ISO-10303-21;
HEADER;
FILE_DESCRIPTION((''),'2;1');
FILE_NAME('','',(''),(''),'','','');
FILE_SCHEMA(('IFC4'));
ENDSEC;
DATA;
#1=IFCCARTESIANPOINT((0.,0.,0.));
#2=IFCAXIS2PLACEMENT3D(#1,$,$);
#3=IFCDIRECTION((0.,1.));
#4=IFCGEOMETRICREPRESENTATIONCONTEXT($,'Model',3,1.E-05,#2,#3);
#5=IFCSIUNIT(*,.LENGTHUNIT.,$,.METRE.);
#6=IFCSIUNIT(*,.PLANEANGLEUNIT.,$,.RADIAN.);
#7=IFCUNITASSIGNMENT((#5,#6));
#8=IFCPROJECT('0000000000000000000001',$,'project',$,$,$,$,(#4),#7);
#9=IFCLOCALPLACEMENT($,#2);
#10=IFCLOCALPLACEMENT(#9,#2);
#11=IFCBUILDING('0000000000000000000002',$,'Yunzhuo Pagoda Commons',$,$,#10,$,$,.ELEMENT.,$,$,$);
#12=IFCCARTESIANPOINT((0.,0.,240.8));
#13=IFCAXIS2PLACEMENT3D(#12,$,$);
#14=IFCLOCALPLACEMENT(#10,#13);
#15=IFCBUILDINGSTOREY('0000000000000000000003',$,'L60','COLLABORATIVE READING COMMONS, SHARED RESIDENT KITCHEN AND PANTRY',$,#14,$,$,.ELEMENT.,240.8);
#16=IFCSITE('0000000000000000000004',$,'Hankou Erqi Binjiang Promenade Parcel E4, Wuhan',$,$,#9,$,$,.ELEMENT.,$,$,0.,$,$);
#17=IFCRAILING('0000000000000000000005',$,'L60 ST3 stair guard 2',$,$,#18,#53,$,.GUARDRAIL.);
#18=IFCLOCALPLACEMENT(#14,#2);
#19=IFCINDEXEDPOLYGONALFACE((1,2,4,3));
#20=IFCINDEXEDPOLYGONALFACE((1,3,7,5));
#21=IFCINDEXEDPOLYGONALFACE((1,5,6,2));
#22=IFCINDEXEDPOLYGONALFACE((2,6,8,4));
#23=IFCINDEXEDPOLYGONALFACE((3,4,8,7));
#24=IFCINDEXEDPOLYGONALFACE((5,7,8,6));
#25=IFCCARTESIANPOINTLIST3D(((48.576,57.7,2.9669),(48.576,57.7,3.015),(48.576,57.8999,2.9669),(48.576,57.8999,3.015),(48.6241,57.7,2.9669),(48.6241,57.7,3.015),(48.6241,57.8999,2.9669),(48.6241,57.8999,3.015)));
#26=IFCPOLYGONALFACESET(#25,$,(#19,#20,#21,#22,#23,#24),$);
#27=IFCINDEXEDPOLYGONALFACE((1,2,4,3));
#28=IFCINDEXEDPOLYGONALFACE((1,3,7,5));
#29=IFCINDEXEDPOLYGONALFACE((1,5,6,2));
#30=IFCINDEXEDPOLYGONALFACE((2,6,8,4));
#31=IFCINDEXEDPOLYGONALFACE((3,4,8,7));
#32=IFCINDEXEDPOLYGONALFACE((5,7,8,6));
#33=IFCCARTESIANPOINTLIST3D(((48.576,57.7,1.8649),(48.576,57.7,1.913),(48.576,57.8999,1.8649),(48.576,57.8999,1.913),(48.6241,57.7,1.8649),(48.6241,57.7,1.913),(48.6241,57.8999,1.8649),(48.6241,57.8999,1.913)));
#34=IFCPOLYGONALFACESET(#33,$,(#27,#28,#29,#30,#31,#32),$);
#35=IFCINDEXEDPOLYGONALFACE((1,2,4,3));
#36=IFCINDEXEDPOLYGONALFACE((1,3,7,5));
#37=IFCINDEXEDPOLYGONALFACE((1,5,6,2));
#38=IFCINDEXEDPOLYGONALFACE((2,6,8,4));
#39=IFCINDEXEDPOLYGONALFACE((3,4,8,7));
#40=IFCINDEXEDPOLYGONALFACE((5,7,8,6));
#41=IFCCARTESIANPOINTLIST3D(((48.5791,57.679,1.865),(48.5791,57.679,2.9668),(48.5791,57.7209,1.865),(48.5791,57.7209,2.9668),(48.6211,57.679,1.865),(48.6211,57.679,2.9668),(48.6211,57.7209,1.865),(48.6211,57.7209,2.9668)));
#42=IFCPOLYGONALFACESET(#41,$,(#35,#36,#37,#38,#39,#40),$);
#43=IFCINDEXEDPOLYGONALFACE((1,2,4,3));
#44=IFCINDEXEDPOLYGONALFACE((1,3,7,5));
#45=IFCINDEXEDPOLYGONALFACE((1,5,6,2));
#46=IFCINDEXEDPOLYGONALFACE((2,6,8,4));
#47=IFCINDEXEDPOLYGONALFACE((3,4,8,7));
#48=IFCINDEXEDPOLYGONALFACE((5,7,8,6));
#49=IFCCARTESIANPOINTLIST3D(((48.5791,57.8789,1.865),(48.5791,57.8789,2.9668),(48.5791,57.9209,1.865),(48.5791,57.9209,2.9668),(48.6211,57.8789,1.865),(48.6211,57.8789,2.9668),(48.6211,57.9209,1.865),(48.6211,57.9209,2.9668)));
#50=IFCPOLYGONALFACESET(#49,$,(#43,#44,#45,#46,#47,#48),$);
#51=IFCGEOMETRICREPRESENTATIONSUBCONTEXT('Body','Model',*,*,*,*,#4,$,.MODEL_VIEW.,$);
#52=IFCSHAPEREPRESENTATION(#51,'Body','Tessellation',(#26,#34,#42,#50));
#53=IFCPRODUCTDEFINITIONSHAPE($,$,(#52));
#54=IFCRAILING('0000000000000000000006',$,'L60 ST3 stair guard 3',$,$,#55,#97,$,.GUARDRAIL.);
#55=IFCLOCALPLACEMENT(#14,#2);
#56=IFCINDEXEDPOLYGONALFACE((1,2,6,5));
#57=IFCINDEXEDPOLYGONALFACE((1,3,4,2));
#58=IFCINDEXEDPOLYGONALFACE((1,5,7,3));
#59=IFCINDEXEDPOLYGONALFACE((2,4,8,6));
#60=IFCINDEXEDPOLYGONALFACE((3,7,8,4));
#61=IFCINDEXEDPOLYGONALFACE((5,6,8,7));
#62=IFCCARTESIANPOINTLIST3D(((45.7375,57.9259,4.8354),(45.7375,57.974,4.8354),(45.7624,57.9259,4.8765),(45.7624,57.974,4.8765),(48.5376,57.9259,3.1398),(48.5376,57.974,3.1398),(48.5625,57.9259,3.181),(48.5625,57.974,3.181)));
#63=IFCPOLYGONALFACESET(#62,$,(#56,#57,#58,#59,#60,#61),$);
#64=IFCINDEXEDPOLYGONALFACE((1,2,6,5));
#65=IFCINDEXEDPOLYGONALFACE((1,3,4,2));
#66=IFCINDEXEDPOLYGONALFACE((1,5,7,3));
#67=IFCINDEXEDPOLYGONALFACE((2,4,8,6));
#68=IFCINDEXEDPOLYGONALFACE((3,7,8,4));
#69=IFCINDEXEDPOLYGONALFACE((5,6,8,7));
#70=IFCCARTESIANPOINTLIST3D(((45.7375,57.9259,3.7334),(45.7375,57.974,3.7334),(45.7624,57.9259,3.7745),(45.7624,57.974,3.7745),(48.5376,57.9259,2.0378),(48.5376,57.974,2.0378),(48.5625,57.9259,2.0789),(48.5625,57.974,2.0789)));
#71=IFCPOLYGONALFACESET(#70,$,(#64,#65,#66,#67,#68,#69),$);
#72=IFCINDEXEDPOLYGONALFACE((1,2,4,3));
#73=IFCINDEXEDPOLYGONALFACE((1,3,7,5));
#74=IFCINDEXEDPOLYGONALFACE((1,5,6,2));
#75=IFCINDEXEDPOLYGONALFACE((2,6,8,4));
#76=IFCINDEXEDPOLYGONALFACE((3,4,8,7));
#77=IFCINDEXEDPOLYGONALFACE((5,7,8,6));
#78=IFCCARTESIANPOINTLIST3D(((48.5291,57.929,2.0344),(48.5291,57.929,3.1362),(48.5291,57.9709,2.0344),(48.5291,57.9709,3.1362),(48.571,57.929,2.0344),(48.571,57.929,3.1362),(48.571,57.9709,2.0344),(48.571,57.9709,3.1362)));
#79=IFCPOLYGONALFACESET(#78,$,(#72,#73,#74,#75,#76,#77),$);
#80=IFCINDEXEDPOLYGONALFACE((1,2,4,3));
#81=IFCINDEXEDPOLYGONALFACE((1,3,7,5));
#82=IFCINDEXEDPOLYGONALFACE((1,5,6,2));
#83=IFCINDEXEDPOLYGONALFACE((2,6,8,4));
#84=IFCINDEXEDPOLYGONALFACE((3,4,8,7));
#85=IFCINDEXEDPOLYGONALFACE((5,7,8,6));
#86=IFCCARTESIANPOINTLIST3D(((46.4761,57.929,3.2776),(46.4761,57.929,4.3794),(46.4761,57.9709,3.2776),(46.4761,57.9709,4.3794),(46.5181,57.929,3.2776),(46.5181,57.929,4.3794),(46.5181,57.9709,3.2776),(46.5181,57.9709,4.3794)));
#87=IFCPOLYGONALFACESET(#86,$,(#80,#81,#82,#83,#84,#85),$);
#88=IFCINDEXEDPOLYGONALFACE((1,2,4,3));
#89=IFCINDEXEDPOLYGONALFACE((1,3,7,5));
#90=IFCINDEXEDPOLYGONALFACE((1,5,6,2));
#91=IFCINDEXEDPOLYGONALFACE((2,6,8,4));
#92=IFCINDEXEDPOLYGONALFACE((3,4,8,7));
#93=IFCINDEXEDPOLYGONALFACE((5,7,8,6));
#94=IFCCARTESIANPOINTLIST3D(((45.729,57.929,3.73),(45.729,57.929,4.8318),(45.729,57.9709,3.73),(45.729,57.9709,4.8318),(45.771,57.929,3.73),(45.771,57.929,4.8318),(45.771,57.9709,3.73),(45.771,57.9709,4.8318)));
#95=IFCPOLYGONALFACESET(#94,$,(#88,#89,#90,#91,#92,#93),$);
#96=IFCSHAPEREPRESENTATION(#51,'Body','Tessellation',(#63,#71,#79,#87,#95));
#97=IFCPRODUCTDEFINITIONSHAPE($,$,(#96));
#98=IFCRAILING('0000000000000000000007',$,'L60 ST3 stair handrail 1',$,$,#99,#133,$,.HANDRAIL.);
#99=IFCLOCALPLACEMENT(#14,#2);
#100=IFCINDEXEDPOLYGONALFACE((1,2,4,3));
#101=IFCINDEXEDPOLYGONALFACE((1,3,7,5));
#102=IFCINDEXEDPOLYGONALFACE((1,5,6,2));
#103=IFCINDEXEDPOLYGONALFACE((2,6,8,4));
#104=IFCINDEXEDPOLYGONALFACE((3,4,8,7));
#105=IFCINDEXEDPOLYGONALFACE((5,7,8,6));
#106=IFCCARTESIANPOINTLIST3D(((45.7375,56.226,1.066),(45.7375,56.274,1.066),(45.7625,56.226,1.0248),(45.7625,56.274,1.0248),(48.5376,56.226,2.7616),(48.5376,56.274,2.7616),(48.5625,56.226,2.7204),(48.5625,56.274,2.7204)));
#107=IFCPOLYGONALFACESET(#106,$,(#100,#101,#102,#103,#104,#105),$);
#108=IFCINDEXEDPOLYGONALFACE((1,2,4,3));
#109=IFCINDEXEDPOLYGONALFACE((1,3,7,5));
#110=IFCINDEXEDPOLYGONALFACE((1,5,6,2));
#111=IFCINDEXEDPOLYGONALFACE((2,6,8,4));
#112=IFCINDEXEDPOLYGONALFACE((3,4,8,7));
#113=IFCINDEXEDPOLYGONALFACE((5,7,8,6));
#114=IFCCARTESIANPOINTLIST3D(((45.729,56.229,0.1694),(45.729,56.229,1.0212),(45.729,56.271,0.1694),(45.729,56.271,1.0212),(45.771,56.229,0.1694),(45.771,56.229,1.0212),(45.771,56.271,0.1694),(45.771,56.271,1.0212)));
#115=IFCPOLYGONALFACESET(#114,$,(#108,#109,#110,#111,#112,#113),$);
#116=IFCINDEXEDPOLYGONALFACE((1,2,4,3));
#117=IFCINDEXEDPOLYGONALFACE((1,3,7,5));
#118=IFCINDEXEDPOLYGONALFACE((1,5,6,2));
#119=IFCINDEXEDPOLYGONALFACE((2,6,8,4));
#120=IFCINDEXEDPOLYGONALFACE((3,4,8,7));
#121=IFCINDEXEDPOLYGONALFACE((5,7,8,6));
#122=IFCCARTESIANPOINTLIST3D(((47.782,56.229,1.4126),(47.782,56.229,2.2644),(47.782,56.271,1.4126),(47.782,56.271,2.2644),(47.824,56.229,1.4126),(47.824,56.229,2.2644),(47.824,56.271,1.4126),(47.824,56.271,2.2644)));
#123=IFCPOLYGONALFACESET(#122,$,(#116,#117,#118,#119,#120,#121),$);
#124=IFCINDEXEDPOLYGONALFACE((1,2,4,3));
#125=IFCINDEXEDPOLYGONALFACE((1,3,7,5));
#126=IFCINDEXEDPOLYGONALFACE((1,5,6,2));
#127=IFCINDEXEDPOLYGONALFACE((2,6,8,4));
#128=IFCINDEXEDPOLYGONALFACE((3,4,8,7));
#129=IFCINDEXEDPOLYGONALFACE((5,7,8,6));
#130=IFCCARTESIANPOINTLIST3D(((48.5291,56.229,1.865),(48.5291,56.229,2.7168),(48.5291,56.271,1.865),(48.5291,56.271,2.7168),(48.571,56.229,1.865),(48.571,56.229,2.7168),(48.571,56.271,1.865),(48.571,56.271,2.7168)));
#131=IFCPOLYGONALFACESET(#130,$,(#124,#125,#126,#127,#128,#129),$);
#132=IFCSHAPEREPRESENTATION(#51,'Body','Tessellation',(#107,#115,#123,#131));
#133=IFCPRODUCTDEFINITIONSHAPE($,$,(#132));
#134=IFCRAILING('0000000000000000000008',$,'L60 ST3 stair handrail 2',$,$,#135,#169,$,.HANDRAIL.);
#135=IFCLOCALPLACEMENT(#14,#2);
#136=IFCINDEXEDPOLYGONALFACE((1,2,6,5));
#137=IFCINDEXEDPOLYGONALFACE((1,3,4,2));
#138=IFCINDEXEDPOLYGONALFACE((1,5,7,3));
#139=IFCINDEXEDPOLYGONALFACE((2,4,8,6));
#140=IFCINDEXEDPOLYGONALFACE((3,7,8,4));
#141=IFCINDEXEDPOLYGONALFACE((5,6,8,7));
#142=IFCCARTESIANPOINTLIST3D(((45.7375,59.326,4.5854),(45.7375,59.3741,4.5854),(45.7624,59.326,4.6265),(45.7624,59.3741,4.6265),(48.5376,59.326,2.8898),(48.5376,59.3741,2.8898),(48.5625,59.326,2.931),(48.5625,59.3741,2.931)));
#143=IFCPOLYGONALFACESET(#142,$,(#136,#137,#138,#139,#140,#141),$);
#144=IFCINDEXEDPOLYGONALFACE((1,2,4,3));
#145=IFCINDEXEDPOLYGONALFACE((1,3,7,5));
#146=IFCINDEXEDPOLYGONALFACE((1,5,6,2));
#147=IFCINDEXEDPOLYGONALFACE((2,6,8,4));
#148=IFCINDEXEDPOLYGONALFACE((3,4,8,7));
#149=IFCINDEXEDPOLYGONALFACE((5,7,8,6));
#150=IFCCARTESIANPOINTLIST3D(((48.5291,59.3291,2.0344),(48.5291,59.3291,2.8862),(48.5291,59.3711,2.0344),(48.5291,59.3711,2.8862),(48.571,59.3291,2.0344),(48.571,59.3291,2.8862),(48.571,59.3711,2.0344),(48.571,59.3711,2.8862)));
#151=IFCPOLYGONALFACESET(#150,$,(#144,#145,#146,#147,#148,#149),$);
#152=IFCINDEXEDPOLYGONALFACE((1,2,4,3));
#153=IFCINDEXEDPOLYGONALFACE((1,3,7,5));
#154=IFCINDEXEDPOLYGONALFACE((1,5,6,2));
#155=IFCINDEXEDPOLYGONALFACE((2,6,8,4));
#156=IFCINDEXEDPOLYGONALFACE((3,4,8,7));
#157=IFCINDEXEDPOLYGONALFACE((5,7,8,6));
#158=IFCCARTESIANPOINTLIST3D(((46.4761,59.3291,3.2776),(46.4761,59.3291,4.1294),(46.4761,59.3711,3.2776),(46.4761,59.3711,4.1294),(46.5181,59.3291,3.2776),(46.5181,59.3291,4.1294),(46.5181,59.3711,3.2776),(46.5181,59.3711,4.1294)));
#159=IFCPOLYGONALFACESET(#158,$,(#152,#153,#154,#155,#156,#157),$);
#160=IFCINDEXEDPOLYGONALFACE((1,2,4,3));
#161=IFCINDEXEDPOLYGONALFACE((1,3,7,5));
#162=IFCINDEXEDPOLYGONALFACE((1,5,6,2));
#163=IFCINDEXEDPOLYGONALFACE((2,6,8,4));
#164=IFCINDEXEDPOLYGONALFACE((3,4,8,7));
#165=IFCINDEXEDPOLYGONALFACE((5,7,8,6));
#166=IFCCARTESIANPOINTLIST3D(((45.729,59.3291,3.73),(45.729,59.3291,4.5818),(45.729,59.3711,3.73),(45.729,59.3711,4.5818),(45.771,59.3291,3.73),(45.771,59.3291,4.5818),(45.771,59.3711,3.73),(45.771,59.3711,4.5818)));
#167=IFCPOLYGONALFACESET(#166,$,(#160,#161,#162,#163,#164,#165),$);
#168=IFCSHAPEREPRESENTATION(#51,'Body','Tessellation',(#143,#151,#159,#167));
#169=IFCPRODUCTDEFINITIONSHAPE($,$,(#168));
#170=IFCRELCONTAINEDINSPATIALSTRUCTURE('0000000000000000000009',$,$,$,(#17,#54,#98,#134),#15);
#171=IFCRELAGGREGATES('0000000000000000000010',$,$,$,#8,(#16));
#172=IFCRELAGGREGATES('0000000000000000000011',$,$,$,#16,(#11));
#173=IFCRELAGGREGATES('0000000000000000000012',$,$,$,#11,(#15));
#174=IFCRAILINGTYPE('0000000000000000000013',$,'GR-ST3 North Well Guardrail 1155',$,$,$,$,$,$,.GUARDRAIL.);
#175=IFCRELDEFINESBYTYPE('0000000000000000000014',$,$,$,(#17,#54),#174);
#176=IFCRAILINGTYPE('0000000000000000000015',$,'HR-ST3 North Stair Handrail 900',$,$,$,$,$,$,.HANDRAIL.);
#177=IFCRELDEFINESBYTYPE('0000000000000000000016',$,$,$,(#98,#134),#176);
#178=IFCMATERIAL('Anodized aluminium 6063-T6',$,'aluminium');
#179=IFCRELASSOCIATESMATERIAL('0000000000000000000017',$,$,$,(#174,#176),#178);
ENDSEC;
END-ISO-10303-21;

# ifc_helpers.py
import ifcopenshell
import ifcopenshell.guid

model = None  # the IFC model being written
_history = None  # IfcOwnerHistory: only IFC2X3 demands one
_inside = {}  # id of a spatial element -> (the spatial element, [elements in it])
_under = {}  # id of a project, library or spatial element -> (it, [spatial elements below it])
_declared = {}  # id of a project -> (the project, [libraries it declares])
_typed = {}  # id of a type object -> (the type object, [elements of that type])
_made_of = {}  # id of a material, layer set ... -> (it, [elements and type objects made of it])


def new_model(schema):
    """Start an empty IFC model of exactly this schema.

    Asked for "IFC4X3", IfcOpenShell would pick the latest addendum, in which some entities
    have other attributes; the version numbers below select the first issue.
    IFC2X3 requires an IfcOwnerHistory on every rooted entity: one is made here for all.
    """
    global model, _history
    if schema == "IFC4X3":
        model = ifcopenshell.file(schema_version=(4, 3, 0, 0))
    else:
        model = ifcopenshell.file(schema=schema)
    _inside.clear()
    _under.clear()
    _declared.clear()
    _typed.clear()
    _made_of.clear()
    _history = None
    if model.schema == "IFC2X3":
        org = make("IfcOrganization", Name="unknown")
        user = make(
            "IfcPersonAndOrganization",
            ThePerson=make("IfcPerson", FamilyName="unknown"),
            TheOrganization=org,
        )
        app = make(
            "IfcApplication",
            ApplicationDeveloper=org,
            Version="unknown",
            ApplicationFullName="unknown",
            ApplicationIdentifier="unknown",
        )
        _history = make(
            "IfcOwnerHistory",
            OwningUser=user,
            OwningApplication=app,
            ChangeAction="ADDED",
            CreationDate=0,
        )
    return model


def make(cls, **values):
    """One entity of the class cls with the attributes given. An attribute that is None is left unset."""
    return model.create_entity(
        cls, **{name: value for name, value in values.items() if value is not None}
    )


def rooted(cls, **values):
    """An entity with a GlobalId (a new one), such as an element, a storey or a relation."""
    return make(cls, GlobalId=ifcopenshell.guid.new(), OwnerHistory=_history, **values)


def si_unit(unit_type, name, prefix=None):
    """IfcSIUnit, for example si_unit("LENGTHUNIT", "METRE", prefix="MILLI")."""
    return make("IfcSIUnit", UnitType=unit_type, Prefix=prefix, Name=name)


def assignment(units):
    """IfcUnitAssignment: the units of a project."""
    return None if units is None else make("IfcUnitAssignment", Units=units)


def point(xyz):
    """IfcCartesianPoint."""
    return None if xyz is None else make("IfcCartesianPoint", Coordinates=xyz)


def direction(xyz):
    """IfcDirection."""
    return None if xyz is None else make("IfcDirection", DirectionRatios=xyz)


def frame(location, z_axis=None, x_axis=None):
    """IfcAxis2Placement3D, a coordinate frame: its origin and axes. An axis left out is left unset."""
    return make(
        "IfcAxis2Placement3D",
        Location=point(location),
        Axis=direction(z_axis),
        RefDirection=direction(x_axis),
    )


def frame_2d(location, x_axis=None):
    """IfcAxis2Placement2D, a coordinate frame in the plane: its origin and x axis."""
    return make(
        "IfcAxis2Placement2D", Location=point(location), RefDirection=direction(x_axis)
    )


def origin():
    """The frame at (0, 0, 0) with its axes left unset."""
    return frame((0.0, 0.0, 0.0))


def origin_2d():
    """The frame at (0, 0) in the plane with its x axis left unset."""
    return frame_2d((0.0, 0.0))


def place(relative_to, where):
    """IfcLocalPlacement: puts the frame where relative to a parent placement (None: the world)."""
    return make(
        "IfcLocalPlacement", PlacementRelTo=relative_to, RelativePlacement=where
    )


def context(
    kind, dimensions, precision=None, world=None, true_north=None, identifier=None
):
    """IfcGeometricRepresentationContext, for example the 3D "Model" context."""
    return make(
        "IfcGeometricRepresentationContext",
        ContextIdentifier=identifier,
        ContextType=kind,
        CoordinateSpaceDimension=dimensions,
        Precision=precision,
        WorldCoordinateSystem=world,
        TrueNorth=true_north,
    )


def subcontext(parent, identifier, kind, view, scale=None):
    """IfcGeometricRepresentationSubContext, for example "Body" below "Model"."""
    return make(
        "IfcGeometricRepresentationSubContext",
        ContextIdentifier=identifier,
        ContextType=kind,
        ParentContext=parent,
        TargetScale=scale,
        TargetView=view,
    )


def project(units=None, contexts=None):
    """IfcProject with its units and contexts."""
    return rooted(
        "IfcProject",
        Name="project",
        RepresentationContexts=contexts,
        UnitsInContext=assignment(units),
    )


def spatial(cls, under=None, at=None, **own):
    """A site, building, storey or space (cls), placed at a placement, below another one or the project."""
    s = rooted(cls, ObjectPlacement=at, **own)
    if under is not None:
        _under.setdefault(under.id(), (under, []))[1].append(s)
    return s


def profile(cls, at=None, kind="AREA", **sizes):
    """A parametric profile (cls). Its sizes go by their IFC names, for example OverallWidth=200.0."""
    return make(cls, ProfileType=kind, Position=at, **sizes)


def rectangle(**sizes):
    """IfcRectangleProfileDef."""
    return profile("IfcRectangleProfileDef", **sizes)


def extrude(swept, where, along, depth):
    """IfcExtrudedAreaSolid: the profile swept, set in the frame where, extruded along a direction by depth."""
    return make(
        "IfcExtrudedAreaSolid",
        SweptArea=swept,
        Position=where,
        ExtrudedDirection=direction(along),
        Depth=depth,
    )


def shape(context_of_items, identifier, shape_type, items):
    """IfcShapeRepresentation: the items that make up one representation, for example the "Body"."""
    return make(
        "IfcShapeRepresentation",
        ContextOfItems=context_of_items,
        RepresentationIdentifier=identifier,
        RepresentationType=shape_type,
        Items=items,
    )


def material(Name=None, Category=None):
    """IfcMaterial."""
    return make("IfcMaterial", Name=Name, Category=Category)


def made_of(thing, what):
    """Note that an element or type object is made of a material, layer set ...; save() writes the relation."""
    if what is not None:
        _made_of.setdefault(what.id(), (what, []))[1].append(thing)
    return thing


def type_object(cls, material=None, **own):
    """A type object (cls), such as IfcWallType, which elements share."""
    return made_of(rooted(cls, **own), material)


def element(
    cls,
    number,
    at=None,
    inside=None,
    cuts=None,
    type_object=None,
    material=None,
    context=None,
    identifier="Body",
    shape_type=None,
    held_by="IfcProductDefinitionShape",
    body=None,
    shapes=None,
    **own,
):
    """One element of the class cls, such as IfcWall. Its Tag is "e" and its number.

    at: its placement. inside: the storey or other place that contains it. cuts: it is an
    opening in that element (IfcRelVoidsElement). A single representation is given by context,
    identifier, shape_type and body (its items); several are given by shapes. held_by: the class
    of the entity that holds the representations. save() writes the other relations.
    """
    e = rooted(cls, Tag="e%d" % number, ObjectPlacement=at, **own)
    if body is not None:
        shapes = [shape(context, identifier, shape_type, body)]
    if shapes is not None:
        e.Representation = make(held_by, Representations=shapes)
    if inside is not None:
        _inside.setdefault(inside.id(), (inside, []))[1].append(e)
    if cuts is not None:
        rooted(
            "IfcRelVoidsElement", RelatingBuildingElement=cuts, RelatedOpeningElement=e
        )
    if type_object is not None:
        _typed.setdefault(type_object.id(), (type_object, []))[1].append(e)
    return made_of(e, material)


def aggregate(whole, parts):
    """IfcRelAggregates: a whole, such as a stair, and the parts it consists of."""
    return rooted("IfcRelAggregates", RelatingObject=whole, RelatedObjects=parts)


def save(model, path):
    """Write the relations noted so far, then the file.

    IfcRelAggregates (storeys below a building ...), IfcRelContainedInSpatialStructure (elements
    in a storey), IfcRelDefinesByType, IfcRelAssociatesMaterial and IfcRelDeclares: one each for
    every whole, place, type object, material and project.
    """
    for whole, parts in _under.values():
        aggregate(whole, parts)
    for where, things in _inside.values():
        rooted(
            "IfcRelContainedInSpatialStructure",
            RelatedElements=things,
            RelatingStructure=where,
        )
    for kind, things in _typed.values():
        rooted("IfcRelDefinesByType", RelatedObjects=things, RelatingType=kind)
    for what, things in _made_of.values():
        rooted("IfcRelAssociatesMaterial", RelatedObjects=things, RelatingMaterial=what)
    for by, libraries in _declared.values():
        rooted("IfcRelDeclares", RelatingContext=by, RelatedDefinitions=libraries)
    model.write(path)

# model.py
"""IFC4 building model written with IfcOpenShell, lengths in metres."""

from ifc_helpers import new_model, si_unit, direction, frame, origin, origin_2d, place, context, subcontext, project, spatial, rectangle, extrude, material, type_object, element, save


model = new_model("IFC4")

# Units and contexts
model_context = context("Model", 3, precision=1e-05, world=origin(), true_north=direction((0.0, 1.0)))
body_context = subcontext(model_context, "Body", "Model", "MODEL_VIEW")
ifc_project = project(units=[si_unit("LENGTHUNIT", "METRE"), si_unit("PLANEANGLEUNIT", "RADIAN")], contexts=[model_context])

# Site, building, storey
site_placement = place(None, origin())
site = spatial("IfcSite", under=ifc_project, at=site_placement, Name="Hankou Erqi Binjiang Promenade Parcel E4, Wuhan", CompositionType="ELEMENT", RefElevation=0.0)
building_placement = place(site_placement, origin())
building = spatial("IfcBuilding", under=site, at=building_placement, Name="Yunzhuo Pagoda Commons", CompositionType="ELEMENT")
storey_placement = place(building_placement, frame((0.0, 0.0, 240.8)))
storey = spatial("IfcBuildingStorey", under=building, at=storey_placement, Name="L60", Description="COLLABORATIVE READING COMMONS, SHARED RESIDENT KITCHEN AND PANTRY", CompositionType="ELEMENT", Elevation=240.8)

# Shared definitions
ifc_material_1 = material(Name="Anodized aluminium 6063-T6", Category="aluminium")

# Railings
railing_type_1 = type_object("IfcRailingType", Name="GR-ST3 North Well Guardrail 1155", PredefinedType="GUARDRAIL", material=ifc_material_1)
railing_1_placement = place(storey_placement, frame((48.6001, 57.7, 1.865)))
element("IfcRailing", 1, at=railing_1_placement, inside=storey, type_object=railing_type_1, Name="L60 ST3 stair guard 2", PredefinedType="GUARDRAIL", context=body_context, shape_type="SweptSolid", body=[
    extrude(rectangle(XDim=0.0481, YDim=0.0481, at=origin_2d()), frame((0.0, 0.0, 1.126), z_axis=(0.0, 1.0, 0.0), x_axis=(-1.0, 0.0, 0.0)), (0.0, 0.0, 1.0), 0.2),
    extrude(rectangle(XDim=0.0481, YDim=0.0481, at=origin_2d()), frame((0.0, 0.0, 0.0239), z_axis=(0.0, 1.0, 0.0), x_axis=(-1.0, 0.0, 0.0)), (0.0, 0.0, 1.0), 0.2),
    extrude(rectangle(XDim=0.042, YDim=0.042, at=origin_2d()), origin(), (0.0, 0.0, 1.0), 1.1018),
    extrude(rectangle(XDim=0.042, YDim=0.042, at=origin_2d()), frame((0.0, 0.2, 0.0)), (0.0, 0.0, 1.0), 1.1018),
])
railing_2_placement = place(storey_placement, frame((48.55, 57.95, 2.0344)))
element("IfcRailing", 2, at=railing_2_placement, inside=storey, type_object=railing_type_1, Name="L60 ST3 stair guard 3", PredefinedType="GUARDRAIL", context=body_context, shape_type="SweptSolid", body=[
    extrude(rectangle(XDim=0.0481, YDim=0.0481, at=origin_2d()), frame((0.0, 0.0, 1.126), z_axis=(-0.855393, 0.0, 0.517979), x_axis=(0.0, -1.0, 0.0)), (0.0, 0.0, 1.0), 3.2734),
    extrude(rectangle(XDim=0.0481, YDim=0.0481, at=origin_2d()), frame((0.0, 0.0, 0.0239), z_axis=(-0.855393, 0.0, 0.517979), x_axis=(0.0, -1.0, 0.0)), (0.0, 0.0, 1.0), 3.2734),
    extrude(rectangle(XDim=0.042, YDim=0.042, at=origin_2d()), origin(), (0.0, 0.0, 1.0), 1.1018),
    extrude(rectangle(XDim=0.042, YDim=0.042, at=origin_2d()), frame((-2.053, 0.0, 1.2432)), (0.0, 0.0, 1.0), 1.1018),
    extrude(rectangle(XDim=0.042, YDim=0.042, at=origin_2d()), frame((-2.8, 0.0, 1.6956)), (0.0, 0.0, 1.0), 1.1018),
])
railing_type_2 = type_object("IfcRailingType", Name="HR-ST3 North Stair Handrail 900", PredefinedType="HANDRAIL", material=ifc_material_1)
railing_3_placement = place(storey_placement, frame((45.75, 56.25, 0.1694)))
element("IfcRailing", 3, at=railing_3_placement, inside=storey, type_object=railing_type_2, Name="L60 ST3 stair handrail 1", PredefinedType="HANDRAIL", context=body_context, shape_type="SweptSolid", body=[
    extrude(rectangle(XDim=0.0481, YDim=0.0481, at=origin_2d()), frame((0.0, 0.0, 0.876), z_axis=(0.855393, 0.0, 0.517979), x_axis=(0.0, 1.0, 0.0)), (0.0, 0.0, 1.0), 3.2734),
    extrude(rectangle(XDim=0.042, YDim=0.042, at=origin_2d()), origin(), (0.0, 0.0, 1.0), 0.8518),
    extrude(rectangle(XDim=0.042, YDim=0.042, at=origin_2d()), frame((2.053, 0.0, 1.2432)), (0.0, 0.0, 1.0), 0.8518),
    extrude(rectangle(XDim=0.042, YDim=0.042, at=origin_2d()), frame((2.8, 0.0, 1.6956)), (0.0, 0.0, 1.0), 0.8518),
])
railing_4_placement = place(storey_placement, frame((48.55, 59.3501, 2.0344)))
element("IfcRailing", 4, at=railing_4_placement, inside=storey, type_object=railing_type_2, Name="L60 ST3 stair handrail 2", PredefinedType="HANDRAIL", context=body_context, shape_type="SweptSolid", body=[
    extrude(rectangle(XDim=0.0481, YDim=0.0481, at=origin_2d()), frame((0.0, 0.0, 0.876), z_axis=(-0.855393, 0.0, 0.517979), x_axis=(0.0, -1.0, 0.0)), (0.0, 0.0, 1.0), 3.2734),
    extrude(rectangle(XDim=0.042, YDim=0.042, at=origin_2d()), origin(), (0.0, 0.0, 1.0), 0.8518),
    extrude(rectangle(XDim=0.042, YDim=0.042, at=origin_2d()), frame((-2.053, 0.0, 1.2432)), (0.0, 0.0, 1.0), 0.8518),
    extrude(rectangle(XDim=0.042, YDim=0.042, at=origin_2d()), frame((-2.8, 0.0, 1.6956)), (0.0, 0.0, 1.0), 0.8518),
])

save(model, "model.ifc")
